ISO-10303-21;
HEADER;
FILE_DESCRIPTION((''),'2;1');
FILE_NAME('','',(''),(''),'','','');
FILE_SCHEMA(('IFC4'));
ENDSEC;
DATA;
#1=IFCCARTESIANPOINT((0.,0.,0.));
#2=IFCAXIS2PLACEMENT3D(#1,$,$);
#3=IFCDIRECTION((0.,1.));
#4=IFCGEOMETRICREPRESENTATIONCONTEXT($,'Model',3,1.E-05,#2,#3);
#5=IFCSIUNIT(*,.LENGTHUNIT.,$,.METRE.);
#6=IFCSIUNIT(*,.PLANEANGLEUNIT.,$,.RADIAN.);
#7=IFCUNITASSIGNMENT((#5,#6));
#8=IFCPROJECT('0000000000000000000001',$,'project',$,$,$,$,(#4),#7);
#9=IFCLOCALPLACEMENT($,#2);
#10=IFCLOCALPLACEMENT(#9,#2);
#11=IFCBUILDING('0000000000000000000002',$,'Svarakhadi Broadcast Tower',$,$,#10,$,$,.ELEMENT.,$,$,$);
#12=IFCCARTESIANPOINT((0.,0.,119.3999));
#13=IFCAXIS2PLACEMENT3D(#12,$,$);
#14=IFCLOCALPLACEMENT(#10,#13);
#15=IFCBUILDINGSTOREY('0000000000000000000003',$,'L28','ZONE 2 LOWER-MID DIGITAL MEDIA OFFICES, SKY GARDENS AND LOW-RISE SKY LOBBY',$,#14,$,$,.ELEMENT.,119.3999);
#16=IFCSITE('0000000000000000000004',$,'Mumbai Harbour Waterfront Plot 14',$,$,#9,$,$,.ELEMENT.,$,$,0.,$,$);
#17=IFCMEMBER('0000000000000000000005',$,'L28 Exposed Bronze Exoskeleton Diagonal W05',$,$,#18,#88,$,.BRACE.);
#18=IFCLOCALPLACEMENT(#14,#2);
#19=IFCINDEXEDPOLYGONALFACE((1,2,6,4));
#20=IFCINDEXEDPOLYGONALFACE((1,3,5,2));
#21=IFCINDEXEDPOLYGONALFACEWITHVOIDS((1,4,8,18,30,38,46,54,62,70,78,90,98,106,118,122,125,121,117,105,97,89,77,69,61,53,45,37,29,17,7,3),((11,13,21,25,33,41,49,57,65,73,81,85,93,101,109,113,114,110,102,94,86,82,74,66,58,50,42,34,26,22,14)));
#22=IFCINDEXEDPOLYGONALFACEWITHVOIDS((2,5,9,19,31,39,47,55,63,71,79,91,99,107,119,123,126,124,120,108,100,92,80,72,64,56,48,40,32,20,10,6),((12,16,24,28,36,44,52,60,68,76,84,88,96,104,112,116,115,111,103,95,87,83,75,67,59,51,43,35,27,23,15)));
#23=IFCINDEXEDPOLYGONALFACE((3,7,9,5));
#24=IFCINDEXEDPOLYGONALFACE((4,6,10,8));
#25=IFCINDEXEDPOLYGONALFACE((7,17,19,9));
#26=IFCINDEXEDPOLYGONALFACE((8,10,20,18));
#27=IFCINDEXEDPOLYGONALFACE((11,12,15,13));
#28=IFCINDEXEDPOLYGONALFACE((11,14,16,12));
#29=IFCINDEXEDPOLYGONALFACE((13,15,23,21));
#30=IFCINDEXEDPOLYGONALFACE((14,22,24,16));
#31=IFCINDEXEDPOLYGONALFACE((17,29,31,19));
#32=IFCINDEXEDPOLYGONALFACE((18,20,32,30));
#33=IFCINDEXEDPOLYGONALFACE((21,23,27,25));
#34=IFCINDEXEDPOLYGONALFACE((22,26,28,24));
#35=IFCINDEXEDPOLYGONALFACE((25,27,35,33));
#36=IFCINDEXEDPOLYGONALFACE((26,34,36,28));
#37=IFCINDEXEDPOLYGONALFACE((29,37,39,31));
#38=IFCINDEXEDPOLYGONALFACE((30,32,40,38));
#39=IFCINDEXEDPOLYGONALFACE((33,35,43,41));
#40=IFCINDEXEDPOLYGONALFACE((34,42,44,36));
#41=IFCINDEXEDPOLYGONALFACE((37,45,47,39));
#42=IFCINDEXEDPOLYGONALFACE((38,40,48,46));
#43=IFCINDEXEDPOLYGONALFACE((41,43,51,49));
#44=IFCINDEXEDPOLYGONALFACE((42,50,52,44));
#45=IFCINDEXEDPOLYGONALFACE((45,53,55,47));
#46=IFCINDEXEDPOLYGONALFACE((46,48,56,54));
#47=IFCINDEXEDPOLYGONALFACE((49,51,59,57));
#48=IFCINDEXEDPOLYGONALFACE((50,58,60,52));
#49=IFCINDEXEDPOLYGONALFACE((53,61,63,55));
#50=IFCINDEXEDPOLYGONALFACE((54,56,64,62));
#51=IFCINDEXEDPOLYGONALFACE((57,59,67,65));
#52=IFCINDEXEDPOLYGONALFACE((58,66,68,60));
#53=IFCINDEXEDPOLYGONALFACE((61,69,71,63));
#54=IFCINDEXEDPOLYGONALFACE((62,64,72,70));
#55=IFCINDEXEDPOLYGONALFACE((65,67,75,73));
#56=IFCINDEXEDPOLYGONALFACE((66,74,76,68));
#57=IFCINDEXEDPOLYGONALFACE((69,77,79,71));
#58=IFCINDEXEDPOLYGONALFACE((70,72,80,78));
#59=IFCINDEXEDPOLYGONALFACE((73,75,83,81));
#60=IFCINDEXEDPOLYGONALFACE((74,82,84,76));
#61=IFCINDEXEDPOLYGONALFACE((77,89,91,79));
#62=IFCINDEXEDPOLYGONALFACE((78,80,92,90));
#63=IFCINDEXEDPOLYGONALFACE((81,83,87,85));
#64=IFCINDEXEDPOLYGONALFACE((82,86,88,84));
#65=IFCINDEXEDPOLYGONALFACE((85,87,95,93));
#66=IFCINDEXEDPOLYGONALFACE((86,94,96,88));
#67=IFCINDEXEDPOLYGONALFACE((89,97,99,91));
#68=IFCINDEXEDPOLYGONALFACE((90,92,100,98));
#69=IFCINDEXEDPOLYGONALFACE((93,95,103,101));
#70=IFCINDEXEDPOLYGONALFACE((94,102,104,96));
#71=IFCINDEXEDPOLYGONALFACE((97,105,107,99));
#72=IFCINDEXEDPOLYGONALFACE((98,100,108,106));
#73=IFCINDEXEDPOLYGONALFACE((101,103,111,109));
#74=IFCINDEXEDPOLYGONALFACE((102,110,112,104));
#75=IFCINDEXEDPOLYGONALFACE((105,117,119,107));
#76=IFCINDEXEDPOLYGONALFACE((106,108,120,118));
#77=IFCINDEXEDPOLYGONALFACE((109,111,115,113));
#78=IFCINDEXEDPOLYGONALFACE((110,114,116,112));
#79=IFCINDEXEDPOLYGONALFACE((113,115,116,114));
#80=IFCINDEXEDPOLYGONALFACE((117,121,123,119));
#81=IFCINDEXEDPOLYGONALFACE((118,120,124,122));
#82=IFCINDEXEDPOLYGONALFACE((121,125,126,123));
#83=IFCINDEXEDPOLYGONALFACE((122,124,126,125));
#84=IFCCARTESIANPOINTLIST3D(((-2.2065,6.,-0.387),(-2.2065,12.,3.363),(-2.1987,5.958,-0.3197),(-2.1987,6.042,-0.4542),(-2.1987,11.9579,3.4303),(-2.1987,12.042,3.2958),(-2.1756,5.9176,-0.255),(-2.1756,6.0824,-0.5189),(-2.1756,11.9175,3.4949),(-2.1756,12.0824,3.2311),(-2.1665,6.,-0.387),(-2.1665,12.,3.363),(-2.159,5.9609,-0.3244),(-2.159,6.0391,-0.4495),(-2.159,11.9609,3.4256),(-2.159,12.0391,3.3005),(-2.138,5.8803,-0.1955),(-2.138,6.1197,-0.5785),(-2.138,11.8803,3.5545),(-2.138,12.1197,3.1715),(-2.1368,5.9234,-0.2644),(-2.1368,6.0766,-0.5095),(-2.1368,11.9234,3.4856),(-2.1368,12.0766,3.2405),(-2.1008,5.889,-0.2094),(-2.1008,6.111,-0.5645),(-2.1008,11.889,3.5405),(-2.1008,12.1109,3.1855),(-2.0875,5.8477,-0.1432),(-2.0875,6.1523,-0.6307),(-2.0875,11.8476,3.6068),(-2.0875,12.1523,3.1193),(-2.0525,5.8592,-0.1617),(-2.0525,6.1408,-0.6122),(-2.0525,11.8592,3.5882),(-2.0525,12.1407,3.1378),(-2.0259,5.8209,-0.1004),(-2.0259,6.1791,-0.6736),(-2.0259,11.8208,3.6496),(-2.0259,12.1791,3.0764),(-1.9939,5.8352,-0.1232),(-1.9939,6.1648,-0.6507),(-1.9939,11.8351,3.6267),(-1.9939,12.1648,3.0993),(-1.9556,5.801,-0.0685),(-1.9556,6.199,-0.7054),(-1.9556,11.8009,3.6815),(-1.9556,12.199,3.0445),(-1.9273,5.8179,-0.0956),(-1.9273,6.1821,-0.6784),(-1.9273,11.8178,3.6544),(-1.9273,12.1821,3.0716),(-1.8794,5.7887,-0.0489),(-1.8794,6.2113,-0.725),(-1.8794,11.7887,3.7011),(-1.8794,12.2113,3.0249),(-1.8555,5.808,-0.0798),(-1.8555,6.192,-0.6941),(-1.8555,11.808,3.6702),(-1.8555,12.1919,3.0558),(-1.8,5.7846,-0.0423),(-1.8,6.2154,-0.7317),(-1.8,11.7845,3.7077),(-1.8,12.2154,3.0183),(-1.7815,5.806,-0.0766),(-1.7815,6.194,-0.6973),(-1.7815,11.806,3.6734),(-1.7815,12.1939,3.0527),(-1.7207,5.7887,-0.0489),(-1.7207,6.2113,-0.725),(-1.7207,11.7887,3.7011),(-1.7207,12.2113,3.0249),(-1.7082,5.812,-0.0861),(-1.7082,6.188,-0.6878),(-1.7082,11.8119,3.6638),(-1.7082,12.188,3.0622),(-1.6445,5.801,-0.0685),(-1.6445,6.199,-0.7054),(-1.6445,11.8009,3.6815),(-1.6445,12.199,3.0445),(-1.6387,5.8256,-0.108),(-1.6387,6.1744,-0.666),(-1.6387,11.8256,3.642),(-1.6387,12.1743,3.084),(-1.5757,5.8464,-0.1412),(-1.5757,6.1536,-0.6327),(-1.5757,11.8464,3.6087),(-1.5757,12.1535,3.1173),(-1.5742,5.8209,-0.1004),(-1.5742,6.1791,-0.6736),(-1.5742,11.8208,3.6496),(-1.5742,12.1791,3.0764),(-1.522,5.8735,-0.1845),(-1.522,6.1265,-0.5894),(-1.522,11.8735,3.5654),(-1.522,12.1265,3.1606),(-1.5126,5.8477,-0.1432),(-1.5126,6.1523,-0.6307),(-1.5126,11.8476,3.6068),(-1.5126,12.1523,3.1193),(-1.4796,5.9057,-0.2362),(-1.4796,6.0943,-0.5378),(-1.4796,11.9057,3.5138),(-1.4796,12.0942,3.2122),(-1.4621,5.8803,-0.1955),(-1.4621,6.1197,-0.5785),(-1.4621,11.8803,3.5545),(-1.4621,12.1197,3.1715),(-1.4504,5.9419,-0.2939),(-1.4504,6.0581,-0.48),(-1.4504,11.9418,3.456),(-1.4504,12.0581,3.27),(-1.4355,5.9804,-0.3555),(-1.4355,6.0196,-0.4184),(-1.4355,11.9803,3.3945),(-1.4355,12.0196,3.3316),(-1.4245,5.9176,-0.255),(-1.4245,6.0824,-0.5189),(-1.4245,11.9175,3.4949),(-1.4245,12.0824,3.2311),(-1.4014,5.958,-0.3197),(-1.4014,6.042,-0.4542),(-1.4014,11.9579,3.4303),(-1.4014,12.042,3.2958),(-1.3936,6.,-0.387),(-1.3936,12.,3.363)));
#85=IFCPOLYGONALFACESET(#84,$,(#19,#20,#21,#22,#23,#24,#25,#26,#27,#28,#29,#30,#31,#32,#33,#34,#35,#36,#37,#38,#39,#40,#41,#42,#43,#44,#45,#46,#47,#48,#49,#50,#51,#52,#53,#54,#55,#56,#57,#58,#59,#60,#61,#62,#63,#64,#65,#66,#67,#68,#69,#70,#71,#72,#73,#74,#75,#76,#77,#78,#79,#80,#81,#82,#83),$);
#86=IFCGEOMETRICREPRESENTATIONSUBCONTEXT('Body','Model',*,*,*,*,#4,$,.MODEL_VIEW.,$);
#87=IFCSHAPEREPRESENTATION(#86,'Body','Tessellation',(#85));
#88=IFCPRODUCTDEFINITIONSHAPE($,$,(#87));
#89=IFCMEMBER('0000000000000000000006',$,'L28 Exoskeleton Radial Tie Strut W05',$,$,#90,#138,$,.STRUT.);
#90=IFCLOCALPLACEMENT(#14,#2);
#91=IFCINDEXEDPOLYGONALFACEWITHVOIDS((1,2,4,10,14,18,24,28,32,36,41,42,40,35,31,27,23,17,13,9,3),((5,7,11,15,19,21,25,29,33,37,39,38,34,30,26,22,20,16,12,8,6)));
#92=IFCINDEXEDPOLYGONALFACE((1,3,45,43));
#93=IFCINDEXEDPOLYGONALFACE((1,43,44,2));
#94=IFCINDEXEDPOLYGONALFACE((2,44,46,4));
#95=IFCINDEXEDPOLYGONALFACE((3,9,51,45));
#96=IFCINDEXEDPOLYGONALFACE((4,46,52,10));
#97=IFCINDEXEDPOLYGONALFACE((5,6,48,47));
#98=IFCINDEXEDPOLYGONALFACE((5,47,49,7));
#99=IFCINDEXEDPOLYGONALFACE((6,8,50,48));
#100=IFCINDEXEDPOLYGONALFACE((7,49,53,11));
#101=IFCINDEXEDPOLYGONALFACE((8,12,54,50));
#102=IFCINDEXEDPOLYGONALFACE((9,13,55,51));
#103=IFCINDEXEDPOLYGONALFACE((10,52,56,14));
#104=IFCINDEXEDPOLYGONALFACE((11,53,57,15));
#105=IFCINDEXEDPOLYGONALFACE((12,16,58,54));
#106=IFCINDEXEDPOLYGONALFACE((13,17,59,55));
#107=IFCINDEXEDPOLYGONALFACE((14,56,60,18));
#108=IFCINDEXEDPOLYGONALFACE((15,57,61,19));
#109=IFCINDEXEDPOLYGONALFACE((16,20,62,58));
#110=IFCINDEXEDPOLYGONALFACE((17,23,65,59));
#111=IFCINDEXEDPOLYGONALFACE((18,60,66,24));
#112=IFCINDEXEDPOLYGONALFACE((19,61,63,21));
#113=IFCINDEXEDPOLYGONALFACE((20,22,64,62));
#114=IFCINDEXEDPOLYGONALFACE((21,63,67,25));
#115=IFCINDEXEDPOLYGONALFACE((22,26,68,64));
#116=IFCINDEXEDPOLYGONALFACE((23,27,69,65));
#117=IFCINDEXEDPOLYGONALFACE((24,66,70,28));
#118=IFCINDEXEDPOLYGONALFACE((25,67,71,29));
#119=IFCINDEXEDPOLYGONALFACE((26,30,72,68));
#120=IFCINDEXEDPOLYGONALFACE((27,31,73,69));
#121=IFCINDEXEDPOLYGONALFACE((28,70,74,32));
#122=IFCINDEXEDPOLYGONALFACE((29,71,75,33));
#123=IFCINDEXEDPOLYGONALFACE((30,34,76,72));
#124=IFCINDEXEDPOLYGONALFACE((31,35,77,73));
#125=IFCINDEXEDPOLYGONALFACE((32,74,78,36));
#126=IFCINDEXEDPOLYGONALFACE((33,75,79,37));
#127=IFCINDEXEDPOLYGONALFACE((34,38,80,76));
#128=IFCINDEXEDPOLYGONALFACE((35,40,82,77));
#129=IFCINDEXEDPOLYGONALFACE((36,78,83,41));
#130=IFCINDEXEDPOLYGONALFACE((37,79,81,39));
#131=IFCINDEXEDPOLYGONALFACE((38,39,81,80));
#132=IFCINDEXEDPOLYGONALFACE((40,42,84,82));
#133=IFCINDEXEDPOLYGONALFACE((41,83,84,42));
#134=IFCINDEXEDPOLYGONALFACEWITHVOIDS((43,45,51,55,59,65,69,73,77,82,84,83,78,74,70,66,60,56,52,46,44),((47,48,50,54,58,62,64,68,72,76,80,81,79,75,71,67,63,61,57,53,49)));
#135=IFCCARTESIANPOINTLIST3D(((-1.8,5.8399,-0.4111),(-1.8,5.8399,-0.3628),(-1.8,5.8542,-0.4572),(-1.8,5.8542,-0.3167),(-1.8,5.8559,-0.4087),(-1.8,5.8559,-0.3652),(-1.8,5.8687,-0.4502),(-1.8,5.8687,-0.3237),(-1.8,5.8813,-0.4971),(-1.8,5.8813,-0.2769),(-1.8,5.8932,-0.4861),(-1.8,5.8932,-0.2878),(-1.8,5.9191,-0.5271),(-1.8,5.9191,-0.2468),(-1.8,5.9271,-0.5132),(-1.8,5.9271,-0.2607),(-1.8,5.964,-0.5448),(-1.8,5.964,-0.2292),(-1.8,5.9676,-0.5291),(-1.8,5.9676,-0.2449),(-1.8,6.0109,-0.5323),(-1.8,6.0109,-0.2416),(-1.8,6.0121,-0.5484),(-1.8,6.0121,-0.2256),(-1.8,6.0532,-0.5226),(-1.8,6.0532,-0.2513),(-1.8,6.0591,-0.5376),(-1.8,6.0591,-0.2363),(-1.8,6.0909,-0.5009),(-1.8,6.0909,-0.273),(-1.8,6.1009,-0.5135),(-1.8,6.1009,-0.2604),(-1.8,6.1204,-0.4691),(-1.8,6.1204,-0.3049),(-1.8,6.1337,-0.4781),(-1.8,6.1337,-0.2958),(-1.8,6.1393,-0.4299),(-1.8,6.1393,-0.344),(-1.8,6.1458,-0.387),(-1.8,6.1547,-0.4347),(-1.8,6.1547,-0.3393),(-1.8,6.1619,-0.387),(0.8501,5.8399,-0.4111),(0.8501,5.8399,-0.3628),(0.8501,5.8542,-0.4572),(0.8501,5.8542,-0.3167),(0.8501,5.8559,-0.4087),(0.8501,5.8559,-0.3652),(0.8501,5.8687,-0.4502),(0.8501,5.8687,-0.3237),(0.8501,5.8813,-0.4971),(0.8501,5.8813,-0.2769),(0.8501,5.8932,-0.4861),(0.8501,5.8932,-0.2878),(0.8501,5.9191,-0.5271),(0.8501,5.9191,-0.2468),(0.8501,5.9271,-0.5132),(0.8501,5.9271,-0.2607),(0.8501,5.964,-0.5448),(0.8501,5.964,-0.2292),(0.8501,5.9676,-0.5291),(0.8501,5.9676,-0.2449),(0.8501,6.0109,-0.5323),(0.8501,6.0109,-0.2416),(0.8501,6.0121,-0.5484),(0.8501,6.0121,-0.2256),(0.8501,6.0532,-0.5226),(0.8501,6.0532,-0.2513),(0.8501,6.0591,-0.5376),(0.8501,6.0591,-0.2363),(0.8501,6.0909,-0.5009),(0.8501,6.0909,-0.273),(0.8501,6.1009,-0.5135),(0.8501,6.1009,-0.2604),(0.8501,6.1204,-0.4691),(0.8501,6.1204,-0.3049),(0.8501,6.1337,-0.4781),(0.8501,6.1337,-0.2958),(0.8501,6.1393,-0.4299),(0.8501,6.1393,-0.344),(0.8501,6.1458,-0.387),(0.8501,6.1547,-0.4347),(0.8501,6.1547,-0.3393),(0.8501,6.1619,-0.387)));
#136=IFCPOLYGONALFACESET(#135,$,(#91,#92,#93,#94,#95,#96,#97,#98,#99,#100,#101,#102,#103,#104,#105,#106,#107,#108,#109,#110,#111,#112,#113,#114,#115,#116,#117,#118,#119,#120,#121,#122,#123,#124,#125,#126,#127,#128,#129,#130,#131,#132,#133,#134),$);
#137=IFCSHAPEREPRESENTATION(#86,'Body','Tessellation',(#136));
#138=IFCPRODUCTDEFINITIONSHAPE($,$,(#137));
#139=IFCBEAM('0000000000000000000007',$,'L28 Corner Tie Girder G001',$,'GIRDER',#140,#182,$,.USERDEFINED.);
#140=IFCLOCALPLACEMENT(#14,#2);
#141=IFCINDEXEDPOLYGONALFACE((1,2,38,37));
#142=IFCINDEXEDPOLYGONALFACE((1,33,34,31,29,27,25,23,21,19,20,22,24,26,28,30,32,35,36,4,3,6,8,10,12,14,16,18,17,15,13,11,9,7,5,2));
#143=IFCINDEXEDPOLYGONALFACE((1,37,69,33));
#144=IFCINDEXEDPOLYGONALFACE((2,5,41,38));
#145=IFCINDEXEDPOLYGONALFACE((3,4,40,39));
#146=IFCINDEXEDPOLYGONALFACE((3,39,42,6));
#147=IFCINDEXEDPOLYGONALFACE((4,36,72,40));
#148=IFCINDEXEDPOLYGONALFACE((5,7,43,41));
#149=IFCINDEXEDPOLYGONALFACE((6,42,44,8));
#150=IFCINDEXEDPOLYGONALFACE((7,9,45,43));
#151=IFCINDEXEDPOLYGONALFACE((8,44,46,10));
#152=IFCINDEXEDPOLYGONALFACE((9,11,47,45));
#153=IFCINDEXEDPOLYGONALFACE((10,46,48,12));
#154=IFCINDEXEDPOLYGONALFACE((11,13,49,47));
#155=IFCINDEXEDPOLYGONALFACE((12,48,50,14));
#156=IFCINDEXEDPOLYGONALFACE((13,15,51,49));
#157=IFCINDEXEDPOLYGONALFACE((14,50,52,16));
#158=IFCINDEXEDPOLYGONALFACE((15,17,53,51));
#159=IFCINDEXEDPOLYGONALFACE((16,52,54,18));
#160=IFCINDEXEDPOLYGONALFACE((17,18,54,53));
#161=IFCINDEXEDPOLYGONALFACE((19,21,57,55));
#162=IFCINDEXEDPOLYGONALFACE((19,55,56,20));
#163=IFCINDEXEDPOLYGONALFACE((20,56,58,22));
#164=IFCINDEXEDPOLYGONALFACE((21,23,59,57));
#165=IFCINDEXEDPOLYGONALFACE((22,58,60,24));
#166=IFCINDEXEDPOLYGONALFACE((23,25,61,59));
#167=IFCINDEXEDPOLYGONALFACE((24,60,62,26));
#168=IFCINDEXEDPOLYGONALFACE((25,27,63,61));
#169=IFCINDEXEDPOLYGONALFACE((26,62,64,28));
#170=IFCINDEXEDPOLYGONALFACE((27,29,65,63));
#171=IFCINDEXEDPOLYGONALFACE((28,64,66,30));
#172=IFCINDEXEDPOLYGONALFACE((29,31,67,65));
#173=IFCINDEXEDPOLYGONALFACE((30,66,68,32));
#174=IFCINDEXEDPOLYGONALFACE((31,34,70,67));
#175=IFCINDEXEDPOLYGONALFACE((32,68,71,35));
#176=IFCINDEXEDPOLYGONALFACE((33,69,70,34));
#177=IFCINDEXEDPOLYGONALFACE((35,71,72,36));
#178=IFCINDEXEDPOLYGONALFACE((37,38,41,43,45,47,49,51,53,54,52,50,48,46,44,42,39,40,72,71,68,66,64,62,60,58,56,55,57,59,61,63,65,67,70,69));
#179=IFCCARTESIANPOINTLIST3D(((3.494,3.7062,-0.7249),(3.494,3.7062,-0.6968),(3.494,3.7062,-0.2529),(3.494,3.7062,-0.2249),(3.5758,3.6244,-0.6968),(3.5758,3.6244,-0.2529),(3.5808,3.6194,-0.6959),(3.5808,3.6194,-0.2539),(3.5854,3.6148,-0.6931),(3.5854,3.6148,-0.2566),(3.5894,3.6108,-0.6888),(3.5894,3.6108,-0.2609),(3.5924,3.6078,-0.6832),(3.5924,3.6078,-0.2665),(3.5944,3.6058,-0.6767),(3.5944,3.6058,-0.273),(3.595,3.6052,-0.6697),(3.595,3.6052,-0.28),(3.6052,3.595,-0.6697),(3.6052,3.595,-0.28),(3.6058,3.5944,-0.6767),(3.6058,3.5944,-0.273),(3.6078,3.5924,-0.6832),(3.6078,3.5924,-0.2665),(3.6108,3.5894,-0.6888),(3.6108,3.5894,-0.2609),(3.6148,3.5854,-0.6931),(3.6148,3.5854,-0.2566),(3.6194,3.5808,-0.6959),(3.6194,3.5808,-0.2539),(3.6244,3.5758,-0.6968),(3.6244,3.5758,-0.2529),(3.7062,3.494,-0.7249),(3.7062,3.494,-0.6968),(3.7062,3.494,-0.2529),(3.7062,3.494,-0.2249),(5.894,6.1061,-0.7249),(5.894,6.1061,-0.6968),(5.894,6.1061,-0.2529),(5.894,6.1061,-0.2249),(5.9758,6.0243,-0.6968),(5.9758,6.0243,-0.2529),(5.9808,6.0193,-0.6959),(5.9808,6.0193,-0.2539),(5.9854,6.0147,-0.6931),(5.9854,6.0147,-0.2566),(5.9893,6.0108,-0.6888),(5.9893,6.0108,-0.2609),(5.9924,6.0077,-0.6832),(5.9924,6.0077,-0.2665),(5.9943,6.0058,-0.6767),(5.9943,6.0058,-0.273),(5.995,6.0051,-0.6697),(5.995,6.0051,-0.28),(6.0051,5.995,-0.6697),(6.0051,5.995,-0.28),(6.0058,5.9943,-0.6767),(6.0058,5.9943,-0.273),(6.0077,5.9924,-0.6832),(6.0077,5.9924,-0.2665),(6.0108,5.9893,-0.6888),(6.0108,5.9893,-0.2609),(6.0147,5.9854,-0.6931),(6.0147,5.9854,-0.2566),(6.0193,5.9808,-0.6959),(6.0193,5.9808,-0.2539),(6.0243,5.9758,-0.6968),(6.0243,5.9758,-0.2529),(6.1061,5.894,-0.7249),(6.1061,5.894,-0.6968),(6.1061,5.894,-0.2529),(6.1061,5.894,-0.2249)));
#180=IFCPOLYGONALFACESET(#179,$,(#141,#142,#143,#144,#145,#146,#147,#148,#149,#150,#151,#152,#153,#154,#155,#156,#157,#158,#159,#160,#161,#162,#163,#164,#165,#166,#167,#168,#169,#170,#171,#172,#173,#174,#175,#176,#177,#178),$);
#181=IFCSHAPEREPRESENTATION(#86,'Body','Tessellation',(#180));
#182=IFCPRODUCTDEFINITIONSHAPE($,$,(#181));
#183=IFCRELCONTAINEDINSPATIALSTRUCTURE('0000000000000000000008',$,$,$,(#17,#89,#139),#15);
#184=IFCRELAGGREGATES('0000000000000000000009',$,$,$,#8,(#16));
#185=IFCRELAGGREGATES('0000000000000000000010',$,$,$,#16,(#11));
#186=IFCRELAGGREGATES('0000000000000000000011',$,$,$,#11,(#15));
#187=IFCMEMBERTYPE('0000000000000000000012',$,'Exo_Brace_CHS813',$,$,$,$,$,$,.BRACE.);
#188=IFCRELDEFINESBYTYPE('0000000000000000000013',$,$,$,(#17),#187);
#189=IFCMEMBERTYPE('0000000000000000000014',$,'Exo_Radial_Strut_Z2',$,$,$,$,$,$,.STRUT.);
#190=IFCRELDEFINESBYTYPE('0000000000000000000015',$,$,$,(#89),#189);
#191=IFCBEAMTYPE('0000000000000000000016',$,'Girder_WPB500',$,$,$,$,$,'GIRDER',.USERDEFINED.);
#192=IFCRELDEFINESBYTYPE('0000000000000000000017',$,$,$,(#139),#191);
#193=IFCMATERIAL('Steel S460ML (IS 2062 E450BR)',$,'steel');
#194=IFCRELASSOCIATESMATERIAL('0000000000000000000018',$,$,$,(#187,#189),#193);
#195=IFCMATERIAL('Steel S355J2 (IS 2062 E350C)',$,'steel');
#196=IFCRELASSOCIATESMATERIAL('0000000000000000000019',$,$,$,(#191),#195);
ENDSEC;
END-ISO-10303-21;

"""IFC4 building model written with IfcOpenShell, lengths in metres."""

from ifc_helpers import new_model, si_unit, direction, frame, origin, origin_2d, place, context, subcontext, project, spatial, hollow_circle, i_section, extrude, material, material_profile, profile_set, type_object, element, save


model = new_model("IFC4")

# Units and contexts
model_context = context("Model", 3, precision=1e-05, world=origin(), true_north=direction((0.0, 1.0)))
body_context = subcontext(model_context, "Body", "Model", "MODEL_VIEW")
ifc_project = project(units=[si_unit("LENGTHUNIT", "METRE"), si_unit("PLANEANGLEUNIT", "RADIAN")], contexts=[model_context])

# Site, building, storey
site_placement = place(None, origin())
site = spatial("IfcSite", under=ifc_project, at=site_placement, Name="Mumbai Harbour Waterfront Plot 14", CompositionType="ELEMENT", RefElevation=0.0)
building_placement = place(site_placement, origin())
building = spatial("IfcBuilding", under=site, at=building_placement, Name="Svarakhadi Broadcast Tower", CompositionType="ELEMENT")
storey_placement = place(building_placement, frame((0.0, 0.0, 119.3999)))
storey = spatial("IfcBuildingStorey", under=building, at=storey_placement, Name="L28", Description="ZONE 2 LOWER-MID DIGITAL MEDIA OFFICES, SKY GARDENS AND LOW-RISE SKY LOBBY", CompositionType="ELEMENT", Elevation=119.3999)

# Shared definitions
ifc_material_1 = material(Name="Steel S460ML (IS 2062 E450BR)", Category="steel")

# Members
ifc_material_profile_1 = material_profile(ifc_material_1, hollow_circle(Radius=0.4065, WallThickness=0.04, at=origin_2d()), Name="CHS 813x40")
ifc_profile_set_1 = profile_set([ifc_material_profile_1], Name="Steel S460ML (IS 2062 E450BR)")
member_type_1 = type_object("IfcMemberType", Name="Exo_Brace_CHS813", PredefinedType="BRACE", material=ifc_profile_set_1)
member_1_placement = place(storey_placement, frame((-1.8, 6.0, -0.387), z_axis=(0.0, 0.847998, 0.529999), x_axis=(-1.0, 0.0, 0.0)))
element("IfcMember", 1, at=member_1_placement, inside=storey, type_object=member_type_1, Name="L28 Exposed Bronze Exoskeleton Diagonal W05", PredefinedType="BRACE", context=body_context, shape_type="SweptSolid", body=[
    extrude(hollow_circle(Radius=0.4065, WallThickness=0.04, at=origin_2d()), origin(), (0.0, 0.0, 1.0), 7.0754),
])
ifc_material_profile_2 = material_profile(ifc_material_1, hollow_circle(Radius=0.1619, WallThickness=0.0161, at=origin_2d()), Name="CHS 323.9x16")
ifc_profile_set_2 = profile_set([ifc_material_profile_2], Name="Steel S460ML (IS 2062 E450BR)")
member_type_2 = type_object("IfcMemberType", Name="Exo_Radial_Strut_Z2", PredefinedType="STRUT", material=ifc_profile_set_2)
member_2_placement = place(storey_placement, frame((-1.8, 6.0, -0.387), z_axis=(1.0, 0.0, 0.0), x_axis=(0.0, 1.0, 0.0)))
element("IfcMember", 2, at=member_2_placement, inside=storey, type_object=member_type_2, Name="L28 Exoskeleton Radial Tie Strut W05", PredefinedType="STRUT", context=body_context, shape_type="SweptSolid", body=[
    extrude(hollow_circle(Radius=0.1619, WallThickness=0.0161, at=origin_2d()), origin(), (0.0, 0.0, 1.0), 2.6501),
])

# Beam
ifc_material_2 = material(Name="Steel S355J2 (IS 2062 E350C)", Category="steel")
ifc_material_profile_3 = material_profile(ifc_material_2, i_section(OverallWidth=0.3, OverallDepth=0.5, WebThickness=0.0144, FlangeThickness=0.0281, FilletRadius=0.0271, at=origin_2d()), Name="WPB 500x300x187")
ifc_profile_set_3 = profile_set([ifc_material_profile_3], Name="Steel S355J2 (IS 2062 E350C)")
beam_type = type_object("IfcBeamType", Name="Girder_WPB500", ElementType="GIRDER", PredefinedType="USERDEFINED", material=ifc_profile_set_3)
beam_1_placement = place(storey_placement, frame((3.6001, 3.6001, -0.4749), z_axis=(0.707107, 0.707107, 0.0), x_axis=(-0.707107, 0.707107, 0.0)))
element("IfcBeam", 3, at=beam_1_placement, inside=storey, type_object=beam_type, Name="L28 Corner Tie Girder G001", ObjectType="GIRDER", PredefinedType="USERDEFINED", context=body_context, shape_type="SweptSolid", body=[
    extrude(i_section(OverallWidth=0.3, OverallDepth=0.5, WebThickness=0.0144, FlangeThickness=0.0281, FilletRadius=0.0271, at=origin_2d()), origin(), (0.0, 0.0, 1.0), 3.394),
])

save(model, "model.ifc")
